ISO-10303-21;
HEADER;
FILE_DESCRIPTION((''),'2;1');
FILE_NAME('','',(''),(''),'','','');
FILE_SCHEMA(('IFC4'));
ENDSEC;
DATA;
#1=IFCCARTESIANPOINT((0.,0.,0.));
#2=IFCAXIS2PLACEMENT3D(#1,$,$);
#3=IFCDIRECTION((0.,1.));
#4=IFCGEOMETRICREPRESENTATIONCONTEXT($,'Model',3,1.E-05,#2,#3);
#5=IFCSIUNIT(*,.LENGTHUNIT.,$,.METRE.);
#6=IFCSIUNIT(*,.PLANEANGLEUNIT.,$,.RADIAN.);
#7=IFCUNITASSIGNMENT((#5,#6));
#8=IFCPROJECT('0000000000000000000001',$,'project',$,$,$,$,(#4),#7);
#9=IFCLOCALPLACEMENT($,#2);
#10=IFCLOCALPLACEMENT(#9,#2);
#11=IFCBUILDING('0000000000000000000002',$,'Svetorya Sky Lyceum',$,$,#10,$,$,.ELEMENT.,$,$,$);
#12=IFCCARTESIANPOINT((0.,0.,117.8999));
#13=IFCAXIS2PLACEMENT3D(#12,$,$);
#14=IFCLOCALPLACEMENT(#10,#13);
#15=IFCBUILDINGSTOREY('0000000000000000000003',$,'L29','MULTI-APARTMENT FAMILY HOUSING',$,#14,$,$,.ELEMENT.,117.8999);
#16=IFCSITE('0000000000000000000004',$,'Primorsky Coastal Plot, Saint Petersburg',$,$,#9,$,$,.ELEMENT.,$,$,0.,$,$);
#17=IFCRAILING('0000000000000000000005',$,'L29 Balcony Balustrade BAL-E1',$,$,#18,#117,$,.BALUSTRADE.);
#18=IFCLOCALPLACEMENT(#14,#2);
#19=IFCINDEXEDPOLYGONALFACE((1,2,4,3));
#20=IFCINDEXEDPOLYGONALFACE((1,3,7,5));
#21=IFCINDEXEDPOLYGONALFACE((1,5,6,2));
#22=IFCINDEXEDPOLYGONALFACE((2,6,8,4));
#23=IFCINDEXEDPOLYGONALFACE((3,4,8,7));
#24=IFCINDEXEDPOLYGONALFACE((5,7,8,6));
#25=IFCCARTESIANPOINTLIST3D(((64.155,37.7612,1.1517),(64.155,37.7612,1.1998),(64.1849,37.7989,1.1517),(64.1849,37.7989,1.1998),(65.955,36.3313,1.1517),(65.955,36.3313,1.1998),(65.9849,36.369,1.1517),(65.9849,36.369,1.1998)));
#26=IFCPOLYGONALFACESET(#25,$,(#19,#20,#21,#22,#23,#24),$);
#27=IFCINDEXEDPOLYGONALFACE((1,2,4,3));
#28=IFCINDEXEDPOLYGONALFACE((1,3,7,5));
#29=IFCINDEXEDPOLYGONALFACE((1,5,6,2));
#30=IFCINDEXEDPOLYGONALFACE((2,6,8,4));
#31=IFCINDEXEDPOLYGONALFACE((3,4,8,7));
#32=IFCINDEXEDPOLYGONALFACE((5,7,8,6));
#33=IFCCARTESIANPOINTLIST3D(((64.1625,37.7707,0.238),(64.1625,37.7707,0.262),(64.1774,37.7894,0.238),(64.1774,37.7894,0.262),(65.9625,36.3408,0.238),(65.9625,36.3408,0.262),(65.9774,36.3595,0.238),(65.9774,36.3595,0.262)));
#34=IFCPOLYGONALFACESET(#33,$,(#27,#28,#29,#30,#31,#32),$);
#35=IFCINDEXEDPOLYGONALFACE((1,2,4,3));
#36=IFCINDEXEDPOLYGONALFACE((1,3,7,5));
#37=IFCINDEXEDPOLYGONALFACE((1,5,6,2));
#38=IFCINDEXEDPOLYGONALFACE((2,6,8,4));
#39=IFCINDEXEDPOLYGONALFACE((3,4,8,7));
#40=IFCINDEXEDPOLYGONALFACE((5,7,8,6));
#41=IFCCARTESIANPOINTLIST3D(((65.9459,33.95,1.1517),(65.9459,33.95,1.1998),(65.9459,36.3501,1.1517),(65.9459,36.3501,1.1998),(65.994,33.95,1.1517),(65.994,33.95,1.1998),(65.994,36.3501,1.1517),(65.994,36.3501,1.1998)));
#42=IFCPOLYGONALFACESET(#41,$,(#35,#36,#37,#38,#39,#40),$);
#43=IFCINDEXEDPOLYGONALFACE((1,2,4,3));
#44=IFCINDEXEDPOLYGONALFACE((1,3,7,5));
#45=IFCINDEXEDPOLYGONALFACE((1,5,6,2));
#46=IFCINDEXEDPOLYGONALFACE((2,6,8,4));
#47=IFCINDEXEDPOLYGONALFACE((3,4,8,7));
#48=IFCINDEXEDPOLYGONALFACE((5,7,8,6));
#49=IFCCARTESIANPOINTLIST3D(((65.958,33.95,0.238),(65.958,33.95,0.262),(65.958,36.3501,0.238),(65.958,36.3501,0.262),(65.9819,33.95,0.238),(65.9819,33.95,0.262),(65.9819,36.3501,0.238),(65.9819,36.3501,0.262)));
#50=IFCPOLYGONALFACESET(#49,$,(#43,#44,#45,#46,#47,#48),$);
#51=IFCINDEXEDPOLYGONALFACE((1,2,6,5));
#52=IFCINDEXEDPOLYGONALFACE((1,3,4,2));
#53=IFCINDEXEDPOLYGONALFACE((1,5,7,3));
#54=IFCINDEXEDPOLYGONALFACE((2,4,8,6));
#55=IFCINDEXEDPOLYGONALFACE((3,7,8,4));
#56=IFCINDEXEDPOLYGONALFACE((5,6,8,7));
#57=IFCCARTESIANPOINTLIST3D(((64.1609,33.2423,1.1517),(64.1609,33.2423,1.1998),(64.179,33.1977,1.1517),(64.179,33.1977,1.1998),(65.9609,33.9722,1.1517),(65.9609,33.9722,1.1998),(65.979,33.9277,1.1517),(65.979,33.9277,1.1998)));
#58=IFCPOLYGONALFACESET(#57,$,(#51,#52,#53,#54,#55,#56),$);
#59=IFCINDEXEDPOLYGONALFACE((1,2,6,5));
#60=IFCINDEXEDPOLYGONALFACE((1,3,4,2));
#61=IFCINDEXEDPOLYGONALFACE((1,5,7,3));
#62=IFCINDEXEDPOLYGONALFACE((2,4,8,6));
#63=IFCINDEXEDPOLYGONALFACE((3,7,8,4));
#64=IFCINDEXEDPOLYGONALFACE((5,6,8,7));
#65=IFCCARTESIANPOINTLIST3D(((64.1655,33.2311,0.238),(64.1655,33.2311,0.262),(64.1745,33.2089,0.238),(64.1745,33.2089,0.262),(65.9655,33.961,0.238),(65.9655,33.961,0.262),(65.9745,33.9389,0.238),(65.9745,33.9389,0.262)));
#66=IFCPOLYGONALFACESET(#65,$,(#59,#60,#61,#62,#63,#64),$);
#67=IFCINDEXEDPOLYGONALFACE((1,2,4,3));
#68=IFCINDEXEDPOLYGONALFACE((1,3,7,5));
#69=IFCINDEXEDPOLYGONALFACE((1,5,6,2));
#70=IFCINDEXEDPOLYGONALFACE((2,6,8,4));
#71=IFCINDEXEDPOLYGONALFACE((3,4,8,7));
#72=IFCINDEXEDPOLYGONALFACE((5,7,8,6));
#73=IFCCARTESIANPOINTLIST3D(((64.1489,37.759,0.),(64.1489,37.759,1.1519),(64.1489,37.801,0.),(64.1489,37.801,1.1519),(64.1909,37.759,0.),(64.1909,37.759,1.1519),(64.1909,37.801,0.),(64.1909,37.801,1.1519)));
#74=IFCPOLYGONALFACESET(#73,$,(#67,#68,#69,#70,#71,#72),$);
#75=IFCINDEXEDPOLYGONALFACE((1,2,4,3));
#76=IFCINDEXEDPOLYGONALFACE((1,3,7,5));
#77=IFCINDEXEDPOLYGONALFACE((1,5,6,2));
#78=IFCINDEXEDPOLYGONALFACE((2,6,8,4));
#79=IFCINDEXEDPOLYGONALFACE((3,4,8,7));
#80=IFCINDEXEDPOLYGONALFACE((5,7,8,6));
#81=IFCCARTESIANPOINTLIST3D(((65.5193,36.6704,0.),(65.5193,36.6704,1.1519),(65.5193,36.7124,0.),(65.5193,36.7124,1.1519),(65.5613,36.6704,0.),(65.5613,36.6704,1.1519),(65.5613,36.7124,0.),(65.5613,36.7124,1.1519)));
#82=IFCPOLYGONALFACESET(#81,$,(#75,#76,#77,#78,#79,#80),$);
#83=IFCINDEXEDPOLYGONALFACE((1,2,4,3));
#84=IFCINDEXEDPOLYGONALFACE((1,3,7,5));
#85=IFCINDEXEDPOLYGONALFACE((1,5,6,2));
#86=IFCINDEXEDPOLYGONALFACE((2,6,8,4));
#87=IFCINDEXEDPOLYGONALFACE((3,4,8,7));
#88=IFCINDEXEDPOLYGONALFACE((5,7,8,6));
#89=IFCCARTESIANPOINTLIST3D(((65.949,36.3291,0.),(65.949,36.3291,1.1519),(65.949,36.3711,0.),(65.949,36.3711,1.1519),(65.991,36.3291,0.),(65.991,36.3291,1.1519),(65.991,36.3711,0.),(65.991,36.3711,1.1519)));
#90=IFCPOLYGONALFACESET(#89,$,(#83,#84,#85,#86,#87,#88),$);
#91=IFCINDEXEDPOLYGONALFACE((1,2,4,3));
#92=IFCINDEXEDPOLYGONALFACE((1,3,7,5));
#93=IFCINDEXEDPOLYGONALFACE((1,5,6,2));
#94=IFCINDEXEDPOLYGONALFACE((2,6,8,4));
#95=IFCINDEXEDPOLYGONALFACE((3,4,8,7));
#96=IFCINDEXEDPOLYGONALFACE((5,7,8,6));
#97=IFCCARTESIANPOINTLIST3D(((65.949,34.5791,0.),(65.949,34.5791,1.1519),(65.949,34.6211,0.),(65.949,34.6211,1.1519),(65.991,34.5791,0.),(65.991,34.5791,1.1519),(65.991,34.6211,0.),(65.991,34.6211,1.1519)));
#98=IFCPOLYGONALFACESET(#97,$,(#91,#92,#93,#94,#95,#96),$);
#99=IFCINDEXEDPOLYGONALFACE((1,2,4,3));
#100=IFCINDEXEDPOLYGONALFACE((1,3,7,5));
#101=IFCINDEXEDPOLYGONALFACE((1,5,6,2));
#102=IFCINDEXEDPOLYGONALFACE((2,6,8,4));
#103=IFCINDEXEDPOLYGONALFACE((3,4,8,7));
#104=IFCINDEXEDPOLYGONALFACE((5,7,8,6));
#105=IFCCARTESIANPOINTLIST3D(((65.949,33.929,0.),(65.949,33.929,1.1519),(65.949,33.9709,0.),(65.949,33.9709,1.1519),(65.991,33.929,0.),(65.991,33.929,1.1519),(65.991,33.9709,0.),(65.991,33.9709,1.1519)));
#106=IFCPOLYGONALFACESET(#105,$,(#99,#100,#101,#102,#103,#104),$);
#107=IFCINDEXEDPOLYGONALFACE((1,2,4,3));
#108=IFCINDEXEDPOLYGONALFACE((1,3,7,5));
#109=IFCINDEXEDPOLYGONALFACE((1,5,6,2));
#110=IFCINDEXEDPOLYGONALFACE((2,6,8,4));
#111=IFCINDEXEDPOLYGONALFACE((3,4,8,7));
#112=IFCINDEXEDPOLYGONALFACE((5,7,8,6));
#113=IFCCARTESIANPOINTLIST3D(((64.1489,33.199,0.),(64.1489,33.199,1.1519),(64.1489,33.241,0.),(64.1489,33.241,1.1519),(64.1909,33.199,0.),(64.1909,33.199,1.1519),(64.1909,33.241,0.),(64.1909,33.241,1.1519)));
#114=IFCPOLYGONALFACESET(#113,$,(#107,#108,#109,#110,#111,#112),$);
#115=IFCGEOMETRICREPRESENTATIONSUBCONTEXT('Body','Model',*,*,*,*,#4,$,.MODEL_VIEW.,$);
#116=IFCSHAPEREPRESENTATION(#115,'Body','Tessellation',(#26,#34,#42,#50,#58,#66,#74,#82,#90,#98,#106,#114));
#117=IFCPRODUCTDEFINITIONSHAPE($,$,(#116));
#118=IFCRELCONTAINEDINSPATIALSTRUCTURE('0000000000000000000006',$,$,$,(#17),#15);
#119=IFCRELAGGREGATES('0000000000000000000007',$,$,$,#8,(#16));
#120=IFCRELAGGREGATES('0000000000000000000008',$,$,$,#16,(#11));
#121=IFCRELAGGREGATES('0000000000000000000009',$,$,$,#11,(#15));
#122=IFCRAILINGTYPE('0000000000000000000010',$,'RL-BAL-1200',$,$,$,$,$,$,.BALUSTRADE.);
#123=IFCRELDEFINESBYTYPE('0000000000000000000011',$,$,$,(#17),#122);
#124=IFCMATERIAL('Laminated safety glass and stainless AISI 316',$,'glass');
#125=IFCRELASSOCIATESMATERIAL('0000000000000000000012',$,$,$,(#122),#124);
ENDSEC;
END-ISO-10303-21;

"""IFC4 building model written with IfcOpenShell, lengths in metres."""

from ifc_helpers import new_model, si_unit, direction, frame, origin, origin_2d, place, context, subcontext, project, spatial, rectangle, extrude, material, type_object, element, save


model = new_model("IFC4")

# Units and contexts
model_context = context("Model", 3, precision=1e-05, world=origin(), true_north=direction((0.0, 1.0)))
body_context = subcontext(model_context, "Body", "Model", "MODEL_VIEW")
ifc_project = project(units=[si_unit("LENGTHUNIT", "METRE"), si_unit("PLANEANGLEUNIT", "RADIAN")], contexts=[model_context])

# Site, building, storey
site_placement = place(None, origin())
site = spatial("IfcSite", under=ifc_project, at=site_placement, Name="Primorsky Coastal Plot, Saint Petersburg", CompositionType="ELEMENT", RefElevation=0.0)
building_placement = place(site_placement, origin())
building = spatial("IfcBuilding", under=site, at=building_placement, Name="Svetorya Sky Lyceum", CompositionType="ELEMENT")
storey_placement = place(building_placement, frame((0.0, 0.0, 117.8999)))
storey = spatial("IfcBuildingStorey", under=building, at=storey_placement, Name="L29", Description="MULTI-APARTMENT FAMILY HOUSING", CompositionType="ELEMENT", Elevation=117.8999)

# Railing
ifc_material_1 = material(Name="Laminated safety glass and stainless AISI 316", Category="glass")
railing_type = type_object("IfcRailingType", Name="RL-BAL-1200", PredefinedType="BALUSTRADE", material=ifc_material_1)
railing_placement = place(storey_placement, frame((64.1699, 37.78, 0.0)))
element("IfcRailing", 1, at=railing_placement, inside=storey, type_object=railing_type, Name="L29 Balcony Balustrade BAL-E1", PredefinedType="BALUSTRADE", context=body_context, shape_type="SweptSolid", body=[
    extrude(rectangle(XDim=0.0481, YDim=0.0481, at=origin_2d()), frame((0.0, 0.0, 1.1758), z_axis=(0.783009, -0.62201, 0.0), x_axis=(0.62201, 0.783009, 0.0)), (0.0, 0.0, 1.0), 2.2988),
    extrude(rectangle(XDim=0.0239, YDim=0.0239, at=origin_2d()), frame((0.0, 0.0, 0.25), z_axis=(0.783009, -0.62201, 0.0), x_axis=(0.62201, 0.783009, 0.0)), (0.0, 0.0, 1.0), 2.2988),
    extrude(rectangle(XDim=0.0481, YDim=0.0481, at=origin_2d()), frame((1.8, -1.4299, 1.1758), z_axis=(0.0, -1.0, 0.0), x_axis=(1.0, 0.0, 0.0)), (0.0, 0.0, 1.0), 2.4001),
    extrude(rectangle(XDim=0.0239, YDim=0.0239, at=origin_2d()), frame((1.8, -1.4299, 0.25), z_axis=(0.0, -1.0, 0.0), x_axis=(1.0, 0.0, 0.0)), (0.0, 0.0, 1.0), 2.4001),
    extrude(rectangle(XDim=0.0481, YDim=0.0481, at=origin_2d()), frame((1.8, -3.8301, 1.1758), z_axis=(-0.926698, -0.375807, 0.0), x_axis=(0.375807, -0.926698, 0.0)), (0.0, 0.0, 1.0), 1.9424),
    extrude(rectangle(XDim=0.0239, YDim=0.0239, at=origin_2d()), frame((1.8, -3.8301, 0.25), z_axis=(-0.926698, -0.375807, 0.0), x_axis=(0.375807, -0.926698, 0.0)), (0.0, 0.0, 1.0), 1.9424),
    extrude(rectangle(XDim=0.042, YDim=0.042, at=origin_2d()), origin(), (0.0, 0.0, 1.0), 1.1519),
    extrude(rectangle(XDim=0.042, YDim=0.042, at=origin_2d()), frame((1.3704, -1.0886, 0.0)), (0.0, 0.0, 1.0), 1.1519),
    extrude(rectangle(XDim=0.042, YDim=0.042, at=origin_2d()), frame((1.8, -1.4299, 0.0)), (0.0, 0.0, 1.0), 1.1519),
    extrude(rectangle(XDim=0.042, YDim=0.042, at=origin_2d()), frame((1.8, -3.1799, 0.0)), (0.0, 0.0, 1.0), 1.1519),
    extrude(rectangle(XDim=0.042, YDim=0.042, at=origin_2d()), frame((1.8, -3.8301, 0.0)), (0.0, 0.0, 1.0), 1.1519),
    extrude(rectangle(XDim=0.042, YDim=0.042, at=origin_2d()), frame((0.0, -4.5601, 0.0)), (0.0, 0.0, 1.0), 1.1519),
])

save(model, "model.ifc")
